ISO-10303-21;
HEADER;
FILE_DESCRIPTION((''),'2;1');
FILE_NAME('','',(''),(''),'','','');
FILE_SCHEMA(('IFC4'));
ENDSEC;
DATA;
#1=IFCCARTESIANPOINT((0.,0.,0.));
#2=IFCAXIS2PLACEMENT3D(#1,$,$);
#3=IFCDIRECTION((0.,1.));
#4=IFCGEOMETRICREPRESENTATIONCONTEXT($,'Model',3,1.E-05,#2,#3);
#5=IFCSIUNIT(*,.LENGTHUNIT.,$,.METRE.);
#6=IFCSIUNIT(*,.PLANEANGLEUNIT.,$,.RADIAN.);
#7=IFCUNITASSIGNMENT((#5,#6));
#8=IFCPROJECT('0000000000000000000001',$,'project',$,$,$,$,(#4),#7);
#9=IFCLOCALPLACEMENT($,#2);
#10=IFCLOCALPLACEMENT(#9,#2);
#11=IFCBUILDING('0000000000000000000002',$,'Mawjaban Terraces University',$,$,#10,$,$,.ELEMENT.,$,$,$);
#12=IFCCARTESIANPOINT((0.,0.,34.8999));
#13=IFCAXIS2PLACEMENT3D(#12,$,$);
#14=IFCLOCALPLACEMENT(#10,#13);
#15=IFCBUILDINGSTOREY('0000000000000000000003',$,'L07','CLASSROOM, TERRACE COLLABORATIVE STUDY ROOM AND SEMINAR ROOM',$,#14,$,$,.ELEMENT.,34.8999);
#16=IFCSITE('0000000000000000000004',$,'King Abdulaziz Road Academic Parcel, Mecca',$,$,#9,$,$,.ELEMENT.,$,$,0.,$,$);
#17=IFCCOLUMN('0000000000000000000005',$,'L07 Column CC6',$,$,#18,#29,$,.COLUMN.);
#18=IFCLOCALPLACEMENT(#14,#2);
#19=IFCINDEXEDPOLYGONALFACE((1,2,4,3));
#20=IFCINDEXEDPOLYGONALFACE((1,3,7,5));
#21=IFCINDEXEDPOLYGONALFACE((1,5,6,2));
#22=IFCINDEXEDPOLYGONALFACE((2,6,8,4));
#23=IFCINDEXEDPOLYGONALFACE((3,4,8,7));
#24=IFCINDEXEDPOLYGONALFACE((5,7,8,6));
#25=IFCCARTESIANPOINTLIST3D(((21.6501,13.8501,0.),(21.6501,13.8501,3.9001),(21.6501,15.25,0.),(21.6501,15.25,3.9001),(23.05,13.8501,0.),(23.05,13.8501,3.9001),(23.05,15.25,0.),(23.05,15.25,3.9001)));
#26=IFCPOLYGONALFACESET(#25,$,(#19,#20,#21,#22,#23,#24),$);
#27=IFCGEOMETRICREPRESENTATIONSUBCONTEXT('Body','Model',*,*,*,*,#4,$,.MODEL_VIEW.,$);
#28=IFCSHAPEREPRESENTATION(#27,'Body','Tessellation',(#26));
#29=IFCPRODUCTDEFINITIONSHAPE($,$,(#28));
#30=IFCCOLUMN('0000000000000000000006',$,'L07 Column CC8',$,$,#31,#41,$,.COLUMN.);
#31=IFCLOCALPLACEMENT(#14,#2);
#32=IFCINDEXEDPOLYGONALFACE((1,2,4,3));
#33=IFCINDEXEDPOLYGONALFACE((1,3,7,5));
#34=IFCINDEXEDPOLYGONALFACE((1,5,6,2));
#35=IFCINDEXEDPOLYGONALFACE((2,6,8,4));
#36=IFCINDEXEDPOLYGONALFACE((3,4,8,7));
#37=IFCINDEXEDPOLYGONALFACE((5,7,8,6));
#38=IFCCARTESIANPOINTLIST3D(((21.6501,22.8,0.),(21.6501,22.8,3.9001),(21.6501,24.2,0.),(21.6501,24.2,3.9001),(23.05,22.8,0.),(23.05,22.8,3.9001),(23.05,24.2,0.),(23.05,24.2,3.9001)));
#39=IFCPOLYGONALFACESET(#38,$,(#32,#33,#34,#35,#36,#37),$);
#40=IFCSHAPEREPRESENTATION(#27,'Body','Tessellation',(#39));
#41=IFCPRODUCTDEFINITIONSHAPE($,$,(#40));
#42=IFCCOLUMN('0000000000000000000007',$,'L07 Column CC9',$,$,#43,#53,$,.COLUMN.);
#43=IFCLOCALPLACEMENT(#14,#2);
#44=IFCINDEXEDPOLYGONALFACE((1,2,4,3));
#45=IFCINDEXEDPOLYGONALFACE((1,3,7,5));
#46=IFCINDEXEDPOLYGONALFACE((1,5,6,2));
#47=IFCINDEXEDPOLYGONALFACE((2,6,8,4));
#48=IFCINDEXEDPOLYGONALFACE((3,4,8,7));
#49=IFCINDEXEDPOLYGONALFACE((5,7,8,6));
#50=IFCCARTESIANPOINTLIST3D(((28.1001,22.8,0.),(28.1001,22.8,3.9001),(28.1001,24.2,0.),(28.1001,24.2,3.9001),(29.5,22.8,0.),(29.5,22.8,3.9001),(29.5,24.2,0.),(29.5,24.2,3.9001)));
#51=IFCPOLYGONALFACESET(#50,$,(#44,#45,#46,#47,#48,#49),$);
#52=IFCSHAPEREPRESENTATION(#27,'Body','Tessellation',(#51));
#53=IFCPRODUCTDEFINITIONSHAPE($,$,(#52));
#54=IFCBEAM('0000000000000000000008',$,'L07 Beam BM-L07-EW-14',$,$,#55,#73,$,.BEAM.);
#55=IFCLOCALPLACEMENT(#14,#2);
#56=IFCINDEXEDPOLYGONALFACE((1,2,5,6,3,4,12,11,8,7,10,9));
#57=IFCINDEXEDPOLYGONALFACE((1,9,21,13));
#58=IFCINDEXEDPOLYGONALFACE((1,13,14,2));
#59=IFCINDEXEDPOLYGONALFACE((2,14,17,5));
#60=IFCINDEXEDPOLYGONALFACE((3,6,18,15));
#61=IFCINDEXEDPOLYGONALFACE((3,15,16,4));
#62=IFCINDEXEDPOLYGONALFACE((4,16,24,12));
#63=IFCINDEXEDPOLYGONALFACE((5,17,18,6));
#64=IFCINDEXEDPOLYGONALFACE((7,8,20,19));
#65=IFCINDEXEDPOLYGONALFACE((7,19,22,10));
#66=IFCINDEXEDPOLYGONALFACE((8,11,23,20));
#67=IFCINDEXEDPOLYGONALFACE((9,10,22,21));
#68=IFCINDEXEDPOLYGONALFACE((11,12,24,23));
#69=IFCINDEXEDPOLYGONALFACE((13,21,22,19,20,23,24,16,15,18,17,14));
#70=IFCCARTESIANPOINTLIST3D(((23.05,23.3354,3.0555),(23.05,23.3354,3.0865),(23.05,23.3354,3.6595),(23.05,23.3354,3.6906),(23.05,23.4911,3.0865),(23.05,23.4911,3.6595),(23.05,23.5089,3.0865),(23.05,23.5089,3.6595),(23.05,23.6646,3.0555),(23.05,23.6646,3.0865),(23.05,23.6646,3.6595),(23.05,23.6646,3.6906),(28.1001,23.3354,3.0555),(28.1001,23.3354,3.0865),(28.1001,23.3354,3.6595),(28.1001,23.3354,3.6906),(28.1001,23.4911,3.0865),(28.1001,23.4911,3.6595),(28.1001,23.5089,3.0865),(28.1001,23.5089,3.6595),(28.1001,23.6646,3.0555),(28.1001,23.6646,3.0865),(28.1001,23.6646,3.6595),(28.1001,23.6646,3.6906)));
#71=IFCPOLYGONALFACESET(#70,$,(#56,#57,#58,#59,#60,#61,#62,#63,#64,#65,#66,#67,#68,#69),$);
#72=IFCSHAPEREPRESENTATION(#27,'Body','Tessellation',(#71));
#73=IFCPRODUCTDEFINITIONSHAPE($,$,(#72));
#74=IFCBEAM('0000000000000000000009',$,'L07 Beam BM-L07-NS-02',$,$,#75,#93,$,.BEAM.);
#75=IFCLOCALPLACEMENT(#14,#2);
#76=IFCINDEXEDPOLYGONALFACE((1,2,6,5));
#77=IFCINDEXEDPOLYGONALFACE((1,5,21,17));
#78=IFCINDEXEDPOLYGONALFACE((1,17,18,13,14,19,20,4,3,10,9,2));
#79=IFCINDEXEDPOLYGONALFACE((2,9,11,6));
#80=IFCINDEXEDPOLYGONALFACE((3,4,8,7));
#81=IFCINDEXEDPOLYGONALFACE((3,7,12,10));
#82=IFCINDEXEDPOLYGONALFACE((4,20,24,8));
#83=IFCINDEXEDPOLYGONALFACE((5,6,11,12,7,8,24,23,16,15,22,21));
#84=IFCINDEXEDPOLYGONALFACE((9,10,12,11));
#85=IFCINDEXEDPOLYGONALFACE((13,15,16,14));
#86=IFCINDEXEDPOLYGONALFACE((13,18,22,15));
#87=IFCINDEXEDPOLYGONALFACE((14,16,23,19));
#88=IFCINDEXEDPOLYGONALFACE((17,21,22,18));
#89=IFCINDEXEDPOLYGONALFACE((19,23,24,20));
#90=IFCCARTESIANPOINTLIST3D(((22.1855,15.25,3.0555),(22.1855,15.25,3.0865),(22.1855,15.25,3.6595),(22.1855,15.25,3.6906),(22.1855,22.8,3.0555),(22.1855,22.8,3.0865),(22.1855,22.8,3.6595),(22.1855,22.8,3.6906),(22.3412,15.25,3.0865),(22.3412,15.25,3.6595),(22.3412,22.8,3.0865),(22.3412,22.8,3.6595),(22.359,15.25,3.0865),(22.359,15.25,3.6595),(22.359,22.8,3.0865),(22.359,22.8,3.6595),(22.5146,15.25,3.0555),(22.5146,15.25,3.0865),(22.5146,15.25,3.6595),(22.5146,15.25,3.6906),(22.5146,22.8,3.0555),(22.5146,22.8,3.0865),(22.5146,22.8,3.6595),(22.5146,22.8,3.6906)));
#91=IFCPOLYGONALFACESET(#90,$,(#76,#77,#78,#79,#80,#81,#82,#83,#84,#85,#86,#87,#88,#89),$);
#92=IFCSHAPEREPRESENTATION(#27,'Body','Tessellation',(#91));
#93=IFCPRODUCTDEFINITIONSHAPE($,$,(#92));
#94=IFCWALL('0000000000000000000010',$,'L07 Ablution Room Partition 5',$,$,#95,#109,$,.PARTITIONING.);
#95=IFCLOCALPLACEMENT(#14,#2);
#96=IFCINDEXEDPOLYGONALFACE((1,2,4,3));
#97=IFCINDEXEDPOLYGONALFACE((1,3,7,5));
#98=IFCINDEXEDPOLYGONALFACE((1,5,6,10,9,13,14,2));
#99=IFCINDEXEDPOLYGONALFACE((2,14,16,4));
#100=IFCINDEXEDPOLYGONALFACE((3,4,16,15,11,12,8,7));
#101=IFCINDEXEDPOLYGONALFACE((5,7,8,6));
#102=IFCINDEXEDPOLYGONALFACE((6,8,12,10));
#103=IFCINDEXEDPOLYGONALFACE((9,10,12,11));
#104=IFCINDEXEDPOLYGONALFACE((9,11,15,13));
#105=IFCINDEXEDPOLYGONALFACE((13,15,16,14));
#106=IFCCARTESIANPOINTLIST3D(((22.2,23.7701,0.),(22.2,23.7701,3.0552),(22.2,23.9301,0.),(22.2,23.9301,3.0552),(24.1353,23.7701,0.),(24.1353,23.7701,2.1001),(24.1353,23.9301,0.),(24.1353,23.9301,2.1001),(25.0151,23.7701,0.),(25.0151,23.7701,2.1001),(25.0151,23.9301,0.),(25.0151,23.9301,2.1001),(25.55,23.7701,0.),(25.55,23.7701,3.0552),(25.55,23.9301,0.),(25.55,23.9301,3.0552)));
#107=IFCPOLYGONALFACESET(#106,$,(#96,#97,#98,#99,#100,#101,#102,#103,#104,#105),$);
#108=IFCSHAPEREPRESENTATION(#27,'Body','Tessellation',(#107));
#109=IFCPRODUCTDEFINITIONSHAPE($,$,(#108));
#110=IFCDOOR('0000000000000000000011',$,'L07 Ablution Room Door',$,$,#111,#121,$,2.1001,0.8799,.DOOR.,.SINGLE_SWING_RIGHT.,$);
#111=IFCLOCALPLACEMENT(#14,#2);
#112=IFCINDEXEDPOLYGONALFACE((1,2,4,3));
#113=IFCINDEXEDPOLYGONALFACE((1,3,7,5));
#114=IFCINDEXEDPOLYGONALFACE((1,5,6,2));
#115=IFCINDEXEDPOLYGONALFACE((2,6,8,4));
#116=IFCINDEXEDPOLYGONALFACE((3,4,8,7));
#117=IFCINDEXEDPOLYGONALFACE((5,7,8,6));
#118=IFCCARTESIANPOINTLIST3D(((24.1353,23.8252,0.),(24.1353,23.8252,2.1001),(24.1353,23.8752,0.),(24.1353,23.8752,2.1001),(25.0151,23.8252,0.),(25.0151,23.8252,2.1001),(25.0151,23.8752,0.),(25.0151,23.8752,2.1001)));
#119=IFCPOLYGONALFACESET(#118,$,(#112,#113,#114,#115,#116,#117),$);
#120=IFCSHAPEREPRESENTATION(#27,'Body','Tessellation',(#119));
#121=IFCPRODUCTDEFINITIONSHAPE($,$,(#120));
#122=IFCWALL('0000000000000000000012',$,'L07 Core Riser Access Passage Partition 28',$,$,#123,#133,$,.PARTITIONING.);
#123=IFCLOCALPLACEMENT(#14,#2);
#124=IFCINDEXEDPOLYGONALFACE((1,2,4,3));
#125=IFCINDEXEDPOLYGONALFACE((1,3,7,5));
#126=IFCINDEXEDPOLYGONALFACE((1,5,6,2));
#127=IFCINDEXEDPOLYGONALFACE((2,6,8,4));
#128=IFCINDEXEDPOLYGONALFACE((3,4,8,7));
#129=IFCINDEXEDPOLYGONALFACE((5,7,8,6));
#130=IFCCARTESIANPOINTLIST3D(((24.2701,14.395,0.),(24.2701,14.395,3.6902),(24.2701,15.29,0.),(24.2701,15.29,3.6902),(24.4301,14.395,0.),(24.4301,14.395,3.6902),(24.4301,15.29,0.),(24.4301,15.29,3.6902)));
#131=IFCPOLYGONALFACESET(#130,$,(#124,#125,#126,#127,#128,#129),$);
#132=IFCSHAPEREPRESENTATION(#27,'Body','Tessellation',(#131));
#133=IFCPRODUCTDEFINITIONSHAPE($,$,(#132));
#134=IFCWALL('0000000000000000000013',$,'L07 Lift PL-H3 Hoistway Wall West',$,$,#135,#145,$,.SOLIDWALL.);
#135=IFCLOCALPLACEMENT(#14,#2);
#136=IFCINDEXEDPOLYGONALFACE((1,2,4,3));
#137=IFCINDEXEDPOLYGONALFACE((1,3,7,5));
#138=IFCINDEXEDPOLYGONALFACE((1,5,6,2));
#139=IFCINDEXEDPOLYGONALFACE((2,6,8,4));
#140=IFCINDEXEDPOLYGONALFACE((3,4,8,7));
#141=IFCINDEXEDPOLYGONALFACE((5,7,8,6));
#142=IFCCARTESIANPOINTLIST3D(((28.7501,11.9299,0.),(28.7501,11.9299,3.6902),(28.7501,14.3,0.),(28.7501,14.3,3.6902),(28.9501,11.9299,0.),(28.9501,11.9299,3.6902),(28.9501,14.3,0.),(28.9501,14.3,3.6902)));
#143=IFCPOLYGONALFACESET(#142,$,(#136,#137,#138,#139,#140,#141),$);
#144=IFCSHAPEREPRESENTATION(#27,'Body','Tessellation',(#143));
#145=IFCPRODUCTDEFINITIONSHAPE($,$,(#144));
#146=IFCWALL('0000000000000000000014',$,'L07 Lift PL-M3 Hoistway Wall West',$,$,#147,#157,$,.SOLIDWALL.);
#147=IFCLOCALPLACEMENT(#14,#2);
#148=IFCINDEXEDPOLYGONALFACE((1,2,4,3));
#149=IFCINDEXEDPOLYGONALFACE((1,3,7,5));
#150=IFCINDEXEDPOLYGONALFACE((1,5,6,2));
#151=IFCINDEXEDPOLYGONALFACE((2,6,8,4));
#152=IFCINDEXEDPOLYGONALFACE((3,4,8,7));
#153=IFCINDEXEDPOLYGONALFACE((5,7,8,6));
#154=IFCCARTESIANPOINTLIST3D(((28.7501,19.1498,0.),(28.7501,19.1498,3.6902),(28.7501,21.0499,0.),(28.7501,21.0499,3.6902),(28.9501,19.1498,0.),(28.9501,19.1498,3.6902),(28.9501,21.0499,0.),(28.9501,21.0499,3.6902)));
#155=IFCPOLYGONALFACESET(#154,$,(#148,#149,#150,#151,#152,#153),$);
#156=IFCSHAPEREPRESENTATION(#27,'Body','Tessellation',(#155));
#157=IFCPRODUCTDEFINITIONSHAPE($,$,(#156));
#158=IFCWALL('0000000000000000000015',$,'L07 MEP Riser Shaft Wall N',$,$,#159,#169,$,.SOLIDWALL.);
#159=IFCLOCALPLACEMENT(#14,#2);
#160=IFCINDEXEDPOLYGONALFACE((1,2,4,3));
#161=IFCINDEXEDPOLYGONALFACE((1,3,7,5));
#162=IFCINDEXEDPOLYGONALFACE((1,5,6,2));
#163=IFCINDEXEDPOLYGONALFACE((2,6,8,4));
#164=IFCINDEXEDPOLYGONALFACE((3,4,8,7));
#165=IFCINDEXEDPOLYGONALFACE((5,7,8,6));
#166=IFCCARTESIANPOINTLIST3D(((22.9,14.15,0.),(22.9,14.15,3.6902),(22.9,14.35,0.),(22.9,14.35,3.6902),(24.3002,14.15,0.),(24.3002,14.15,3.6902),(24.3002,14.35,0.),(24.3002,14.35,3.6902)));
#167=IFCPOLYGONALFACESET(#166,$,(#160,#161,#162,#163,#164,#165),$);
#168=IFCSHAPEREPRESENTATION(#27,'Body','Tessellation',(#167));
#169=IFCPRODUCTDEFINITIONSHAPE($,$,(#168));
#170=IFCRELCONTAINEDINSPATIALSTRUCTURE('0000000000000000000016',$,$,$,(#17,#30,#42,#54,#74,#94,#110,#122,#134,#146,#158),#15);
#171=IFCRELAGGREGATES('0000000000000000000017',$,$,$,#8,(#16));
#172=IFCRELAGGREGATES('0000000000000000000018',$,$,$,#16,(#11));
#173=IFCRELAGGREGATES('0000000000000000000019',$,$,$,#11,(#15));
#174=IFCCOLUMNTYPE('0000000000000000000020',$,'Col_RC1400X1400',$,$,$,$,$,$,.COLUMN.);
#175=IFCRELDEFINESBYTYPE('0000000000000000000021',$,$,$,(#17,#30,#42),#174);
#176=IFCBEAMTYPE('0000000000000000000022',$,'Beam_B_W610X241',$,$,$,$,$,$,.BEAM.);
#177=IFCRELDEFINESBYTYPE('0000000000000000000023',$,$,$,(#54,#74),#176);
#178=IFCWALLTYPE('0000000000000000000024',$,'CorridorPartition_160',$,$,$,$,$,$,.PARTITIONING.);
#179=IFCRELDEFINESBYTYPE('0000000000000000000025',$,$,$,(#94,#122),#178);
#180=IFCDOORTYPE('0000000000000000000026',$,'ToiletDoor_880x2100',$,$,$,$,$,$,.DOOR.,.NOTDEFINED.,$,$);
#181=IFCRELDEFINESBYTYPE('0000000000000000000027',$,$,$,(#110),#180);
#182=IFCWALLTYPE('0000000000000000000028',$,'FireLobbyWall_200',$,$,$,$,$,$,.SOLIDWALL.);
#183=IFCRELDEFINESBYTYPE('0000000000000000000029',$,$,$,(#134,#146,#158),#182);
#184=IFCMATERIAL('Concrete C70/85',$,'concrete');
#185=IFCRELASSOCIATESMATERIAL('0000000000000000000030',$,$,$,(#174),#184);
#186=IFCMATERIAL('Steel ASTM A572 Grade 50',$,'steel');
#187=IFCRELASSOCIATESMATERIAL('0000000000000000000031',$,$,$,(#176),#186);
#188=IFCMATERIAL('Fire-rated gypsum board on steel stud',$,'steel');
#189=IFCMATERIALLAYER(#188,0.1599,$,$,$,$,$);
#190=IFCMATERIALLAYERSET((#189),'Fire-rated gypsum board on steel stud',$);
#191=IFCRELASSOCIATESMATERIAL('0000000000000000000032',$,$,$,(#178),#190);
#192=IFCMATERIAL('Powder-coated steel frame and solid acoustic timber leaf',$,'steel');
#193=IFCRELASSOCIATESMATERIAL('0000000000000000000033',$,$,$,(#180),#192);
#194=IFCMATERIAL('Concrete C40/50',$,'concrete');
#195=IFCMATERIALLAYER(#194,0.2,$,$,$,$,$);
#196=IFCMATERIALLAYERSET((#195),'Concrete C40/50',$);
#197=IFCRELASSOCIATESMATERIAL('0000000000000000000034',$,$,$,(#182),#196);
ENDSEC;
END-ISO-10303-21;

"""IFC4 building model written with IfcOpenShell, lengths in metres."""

from ifc_helpers import new_model, si_unit, direction, frame, frame_2d, origin, origin_2d, place, context, subcontext, project, spatial, rectangle, i_section, extrude, material, layer, layer_set, material_profile, profile_set, type_object, element, fill, save


model = new_model("IFC4")

# Units and contexts
model_context = context("Model", 3, precision=1e-05, world=origin(), true_north=direction((0.0, 1.0)))
body_context = subcontext(model_context, "Body", "Model", "MODEL_VIEW")
ifc_project = project(units=[si_unit("LENGTHUNIT", "METRE"), si_unit("PLANEANGLEUNIT", "RADIAN")], contexts=[model_context])

# Site, building, storey
site_placement = place(None, origin())
site = spatial("IfcSite", under=ifc_project, at=site_placement, Name="King Abdulaziz Road Academic Parcel, Mecca", CompositionType="ELEMENT", RefElevation=0.0)
building_placement = place(site_placement, origin())
building = spatial("IfcBuilding", under=site, at=building_placement, Name="Mawjaban Terraces University", CompositionType="ELEMENT")
storey_placement = place(building_placement, frame((0.0, 0.0, 34.8999)))
storey = spatial("IfcBuildingStorey", under=building, at=storey_placement, Name="L07", Description="CLASSROOM, TERRACE COLLABORATIVE STUDY ROOM AND SEMINAR ROOM", CompositionType="ELEMENT", Elevation=34.8999)

# Columns
ifc_material_1 = material(Name="Concrete C70/85", Category="concrete")
ifc_material_profile_1 = material_profile(ifc_material_1, rectangle(XDim=1.3999, YDim=1.3999, at=origin_2d()), Name="RC1400X1400")
ifc_profile_set_1 = profile_set([ifc_material_profile_1], Name="Concrete C70/85")
column_type = type_object("IfcColumnType", Name="Col_RC1400X1400", PredefinedType="COLUMN", material=ifc_profile_set_1)
for number, where, z_axis, x_axis, name in (
    (1, (22.3501, 14.55, 0.0), (0.0, 0.0, 1.0), (1.0, 0.0, 0.0), "L07 Column CC6"),
    (2, (22.3501, 23.5, 0.0), (0.0, 0.0, 1.0), (1.0, 0.0, 0.0), "L07 Column CC8"),
    (3, (28.8, 23.5, 0.0), (0.0, 0.0, 1.0), (1.0, 0.0, 0.0), "L07 Column CC9"),
):
    element("IfcColumn", number, at=place(storey_placement, frame(where, z_axis=z_axis, x_axis=x_axis)), inside=storey, type_object=column_type, Name=name, PredefinedType="COLUMN", context=body_context, shape_type="SweptSolid", body=[
        extrude(rectangle(XDim=1.3999, YDim=1.3999, at=origin_2d()), origin(), (0.0, 0.0, 1.0), 3.9001),
    ])

# Beams
ifc_material_2 = material(Name="Steel ASTM A572 Grade 50", Category="steel")
ifc_material_profile_2 = material_profile(ifc_material_2, i_section(OverallWidth=0.3291, OverallDepth=0.635, WebThickness=0.0178, FlangeThickness=0.031, at=origin_2d()), Name="W610X241")
ifc_profile_set_2 = profile_set([ifc_material_profile_2], Name="Steel ASTM A572 Grade 50")
beam_type = type_object("IfcBeamType", Name="Beam_B_W610X241", PredefinedType="BEAM", material=ifc_profile_set_2)
beam_1_placement = place(storey_placement, frame((23.05, 23.5, 3.373), z_axis=(1.0, 0.0, 0.0), x_axis=(0.0, 1.0, 0.0)))
element("IfcBeam", 4, at=beam_1_placement, inside=storey, type_object=beam_type, Name="L07 Beam BM-L07-EW-14", PredefinedType="BEAM", context=body_context, shape_type="SweptSolid", body=[
    extrude(i_section(OverallWidth=0.3291, OverallDepth=0.635, WebThickness=0.0178, FlangeThickness=0.031, at=origin_2d()), origin(), (0.0, 0.0, 1.0), 5.05),
])
beam_2_placement = place(storey_placement, frame((22.3501, 15.25, 3.373), z_axis=(0.0, 1.0, 0.0), x_axis=(-1.0, 0.0, 0.0)))
element("IfcBeam", 5, at=beam_2_placement, inside=storey, type_object=beam_type, Name="L07 Beam BM-L07-NS-02", PredefinedType="BEAM", context=body_context, shape_type="SweptSolid", body=[
    extrude(i_section(OverallWidth=0.3291, OverallDepth=0.635, WebThickness=0.0178, FlangeThickness=0.031, at=origin_2d()), origin(), (0.0, 0.0, 1.0), 7.55),
])

# Wall, opening, door
ifc_material_3 = material(Name="Fire-rated gypsum board on steel stud", Category="steel")
ifc_layer_1 = layer(ifc_material_3, 0.1599)
ifc_layer_set_1 = layer_set([ifc_layer_1], Name="Fire-rated gypsum board on steel stud")
wall_type_1 = type_object("IfcWallType", Name="CorridorPartition_160", PredefinedType="PARTITIONING", material=ifc_layer_set_1)
wall_1_placement = place(storey_placement, frame((25.55, 23.8501, 0.0), z_axis=(0.0, 0.0, 1.0), x_axis=(-1.0, 0.0, 0.0)))
wall_1 = element("IfcWall", 6, at=wall_1_placement, inside=storey, type_object=wall_type_1, Name="L07 Ablution Room Partition 5", PredefinedType="PARTITIONING", context=body_context, shape_type="SweptSolid", body=[
    extrude(rectangle(XDim=3.3501, YDim=0.1599, at=frame_2d((1.675, 0.0))), origin(), (0.0, 0.0, 1.0), 3.0552),
])
opening_1_placement = place(wall_1_placement, frame((0.5349, 0.0, 0.0)))
opening_1 = element("IfcOpeningElement", 7, at=opening_1_placement, cuts=wall_1, PredefinedType="OPENING", context=body_context, shape_type="SweptSolid", body=[
    extrude(rectangle(XDim=0.8799, YDim=2.1001, at=frame_2d((0.4399, 1.05))), frame((0.0, 0.0898, 0.0), z_axis=(0.0, -1.0, 0.0), x_axis=(1.0, 0.0, 0.0)), (0.0, 0.0, 1.0), 0.1799),
])
ifc_material_4 = material(Name="Powder-coated steel frame and solid acoustic timber leaf", Category="steel")
door_type_1 = type_object("IfcDoorType", Name="ToiletDoor_880x2100", OperationType="NOTDEFINED", PredefinedType="DOOR", material=ifc_material_4)
door_1_placement = place(opening_1_placement, origin())
door_1 = element("IfcDoor", 8, at=door_1_placement, inside=storey, type_object=door_type_1, Name="L07 Ablution Room Door", OperationType="SINGLE_SWING_RIGHT", OverallHeight=2.1001, OverallWidth=0.8799, PredefinedType="DOOR", context=body_context, shape_type="SweptSolid", body=[
    extrude(rectangle(XDim=0.8799, YDim=2.1001, at=frame_2d((0.4399, 1.05))), frame((0.0, 0.0249, 0.0), z_axis=(0.0, -1.0, 0.0), x_axis=(1.0, 0.0, 0.0)), (0.0, 0.0, 1.0), 0.05),
])
fill(opening_1, door_1)

# Walls
wall_2_placement = place(storey_placement, frame((24.3501, 15.29, 0.0), z_axis=(0.0, 0.0, 1.0), x_axis=(0.0, -1.0, 0.0)))
element("IfcWall", 9, at=wall_2_placement, inside=storey, type_object=wall_type_1, Name="L07 Core Riser Access Passage Partition 28", PredefinedType="PARTITIONING", context=body_context, shape_type="SweptSolid", body=[
    extrude(rectangle(XDim=0.895, YDim=0.1599, at=frame_2d((0.4475, 0.0))), origin(), (0.0, 0.0, 1.0), 3.6902),
])
ifc_material_5 = material(Name="Concrete C40/50", Category="concrete")
ifc_layer_2 = layer(ifc_material_5, 0.2)
ifc_layer_set_2 = layer_set([ifc_layer_2], Name="Concrete C40/50")
wall_type_2 = type_object("IfcWallType", Name="FireLobbyWall_200", PredefinedType="SOLIDWALL", material=ifc_layer_set_2)
wall_3_placement = place(storey_placement, frame((28.8501, 14.3, 0.0), z_axis=(0.0, 0.0, 1.0), x_axis=(0.0, -1.0, 0.0)))
element("IfcWall", 10, at=wall_3_placement, inside=storey, type_object=wall_type_2, Name="L07 Lift PL-H3 Hoistway Wall West", PredefinedType="SOLIDWALL", context=body_context, shape_type="SweptSolid", body=[
    extrude(rectangle(XDim=2.3701, YDim=0.2, at=frame_2d((1.1851, 0.0))), origin(), (0.0, 0.0, 1.0), 3.6902),
])
wall_4_placement = place(storey_placement, frame((28.8501, 21.05, 0.0), z_axis=(0.0, 0.0, 1.0), x_axis=(0.0, -1.0, 0.0)))
element("IfcWall", 11, at=wall_4_placement, inside=storey, type_object=wall_type_2, Name="L07 Lift PL-M3 Hoistway Wall West", PredefinedType="SOLIDWALL", context=body_context, shape_type="SweptSolid", body=[
    extrude(rectangle(XDim=1.9001, YDim=0.2, at=frame_2d((0.9502, 0.0))), origin(), (0.0, 0.0, 1.0), 3.6902),
])
wall_5_placement = place(storey_placement, frame((22.8999, 14.25, 0.0), z_axis=(0.0, 0.0, 1.0), x_axis=(1.0, 0.0, 0.0)))
element("IfcWall", 12, at=wall_5_placement, inside=storey, type_object=wall_type_2, Name="L07 MEP Riser Shaft Wall N", PredefinedType="SOLIDWALL", context=body_context, shape_type="SweptSolid", body=[
    extrude(rectangle(XDim=1.4001, YDim=0.2, at=frame_2d((0.7002, 0.0))), origin(), (0.0, 0.0, 1.0), 3.6902),
])

save(model, "model.ifc")
